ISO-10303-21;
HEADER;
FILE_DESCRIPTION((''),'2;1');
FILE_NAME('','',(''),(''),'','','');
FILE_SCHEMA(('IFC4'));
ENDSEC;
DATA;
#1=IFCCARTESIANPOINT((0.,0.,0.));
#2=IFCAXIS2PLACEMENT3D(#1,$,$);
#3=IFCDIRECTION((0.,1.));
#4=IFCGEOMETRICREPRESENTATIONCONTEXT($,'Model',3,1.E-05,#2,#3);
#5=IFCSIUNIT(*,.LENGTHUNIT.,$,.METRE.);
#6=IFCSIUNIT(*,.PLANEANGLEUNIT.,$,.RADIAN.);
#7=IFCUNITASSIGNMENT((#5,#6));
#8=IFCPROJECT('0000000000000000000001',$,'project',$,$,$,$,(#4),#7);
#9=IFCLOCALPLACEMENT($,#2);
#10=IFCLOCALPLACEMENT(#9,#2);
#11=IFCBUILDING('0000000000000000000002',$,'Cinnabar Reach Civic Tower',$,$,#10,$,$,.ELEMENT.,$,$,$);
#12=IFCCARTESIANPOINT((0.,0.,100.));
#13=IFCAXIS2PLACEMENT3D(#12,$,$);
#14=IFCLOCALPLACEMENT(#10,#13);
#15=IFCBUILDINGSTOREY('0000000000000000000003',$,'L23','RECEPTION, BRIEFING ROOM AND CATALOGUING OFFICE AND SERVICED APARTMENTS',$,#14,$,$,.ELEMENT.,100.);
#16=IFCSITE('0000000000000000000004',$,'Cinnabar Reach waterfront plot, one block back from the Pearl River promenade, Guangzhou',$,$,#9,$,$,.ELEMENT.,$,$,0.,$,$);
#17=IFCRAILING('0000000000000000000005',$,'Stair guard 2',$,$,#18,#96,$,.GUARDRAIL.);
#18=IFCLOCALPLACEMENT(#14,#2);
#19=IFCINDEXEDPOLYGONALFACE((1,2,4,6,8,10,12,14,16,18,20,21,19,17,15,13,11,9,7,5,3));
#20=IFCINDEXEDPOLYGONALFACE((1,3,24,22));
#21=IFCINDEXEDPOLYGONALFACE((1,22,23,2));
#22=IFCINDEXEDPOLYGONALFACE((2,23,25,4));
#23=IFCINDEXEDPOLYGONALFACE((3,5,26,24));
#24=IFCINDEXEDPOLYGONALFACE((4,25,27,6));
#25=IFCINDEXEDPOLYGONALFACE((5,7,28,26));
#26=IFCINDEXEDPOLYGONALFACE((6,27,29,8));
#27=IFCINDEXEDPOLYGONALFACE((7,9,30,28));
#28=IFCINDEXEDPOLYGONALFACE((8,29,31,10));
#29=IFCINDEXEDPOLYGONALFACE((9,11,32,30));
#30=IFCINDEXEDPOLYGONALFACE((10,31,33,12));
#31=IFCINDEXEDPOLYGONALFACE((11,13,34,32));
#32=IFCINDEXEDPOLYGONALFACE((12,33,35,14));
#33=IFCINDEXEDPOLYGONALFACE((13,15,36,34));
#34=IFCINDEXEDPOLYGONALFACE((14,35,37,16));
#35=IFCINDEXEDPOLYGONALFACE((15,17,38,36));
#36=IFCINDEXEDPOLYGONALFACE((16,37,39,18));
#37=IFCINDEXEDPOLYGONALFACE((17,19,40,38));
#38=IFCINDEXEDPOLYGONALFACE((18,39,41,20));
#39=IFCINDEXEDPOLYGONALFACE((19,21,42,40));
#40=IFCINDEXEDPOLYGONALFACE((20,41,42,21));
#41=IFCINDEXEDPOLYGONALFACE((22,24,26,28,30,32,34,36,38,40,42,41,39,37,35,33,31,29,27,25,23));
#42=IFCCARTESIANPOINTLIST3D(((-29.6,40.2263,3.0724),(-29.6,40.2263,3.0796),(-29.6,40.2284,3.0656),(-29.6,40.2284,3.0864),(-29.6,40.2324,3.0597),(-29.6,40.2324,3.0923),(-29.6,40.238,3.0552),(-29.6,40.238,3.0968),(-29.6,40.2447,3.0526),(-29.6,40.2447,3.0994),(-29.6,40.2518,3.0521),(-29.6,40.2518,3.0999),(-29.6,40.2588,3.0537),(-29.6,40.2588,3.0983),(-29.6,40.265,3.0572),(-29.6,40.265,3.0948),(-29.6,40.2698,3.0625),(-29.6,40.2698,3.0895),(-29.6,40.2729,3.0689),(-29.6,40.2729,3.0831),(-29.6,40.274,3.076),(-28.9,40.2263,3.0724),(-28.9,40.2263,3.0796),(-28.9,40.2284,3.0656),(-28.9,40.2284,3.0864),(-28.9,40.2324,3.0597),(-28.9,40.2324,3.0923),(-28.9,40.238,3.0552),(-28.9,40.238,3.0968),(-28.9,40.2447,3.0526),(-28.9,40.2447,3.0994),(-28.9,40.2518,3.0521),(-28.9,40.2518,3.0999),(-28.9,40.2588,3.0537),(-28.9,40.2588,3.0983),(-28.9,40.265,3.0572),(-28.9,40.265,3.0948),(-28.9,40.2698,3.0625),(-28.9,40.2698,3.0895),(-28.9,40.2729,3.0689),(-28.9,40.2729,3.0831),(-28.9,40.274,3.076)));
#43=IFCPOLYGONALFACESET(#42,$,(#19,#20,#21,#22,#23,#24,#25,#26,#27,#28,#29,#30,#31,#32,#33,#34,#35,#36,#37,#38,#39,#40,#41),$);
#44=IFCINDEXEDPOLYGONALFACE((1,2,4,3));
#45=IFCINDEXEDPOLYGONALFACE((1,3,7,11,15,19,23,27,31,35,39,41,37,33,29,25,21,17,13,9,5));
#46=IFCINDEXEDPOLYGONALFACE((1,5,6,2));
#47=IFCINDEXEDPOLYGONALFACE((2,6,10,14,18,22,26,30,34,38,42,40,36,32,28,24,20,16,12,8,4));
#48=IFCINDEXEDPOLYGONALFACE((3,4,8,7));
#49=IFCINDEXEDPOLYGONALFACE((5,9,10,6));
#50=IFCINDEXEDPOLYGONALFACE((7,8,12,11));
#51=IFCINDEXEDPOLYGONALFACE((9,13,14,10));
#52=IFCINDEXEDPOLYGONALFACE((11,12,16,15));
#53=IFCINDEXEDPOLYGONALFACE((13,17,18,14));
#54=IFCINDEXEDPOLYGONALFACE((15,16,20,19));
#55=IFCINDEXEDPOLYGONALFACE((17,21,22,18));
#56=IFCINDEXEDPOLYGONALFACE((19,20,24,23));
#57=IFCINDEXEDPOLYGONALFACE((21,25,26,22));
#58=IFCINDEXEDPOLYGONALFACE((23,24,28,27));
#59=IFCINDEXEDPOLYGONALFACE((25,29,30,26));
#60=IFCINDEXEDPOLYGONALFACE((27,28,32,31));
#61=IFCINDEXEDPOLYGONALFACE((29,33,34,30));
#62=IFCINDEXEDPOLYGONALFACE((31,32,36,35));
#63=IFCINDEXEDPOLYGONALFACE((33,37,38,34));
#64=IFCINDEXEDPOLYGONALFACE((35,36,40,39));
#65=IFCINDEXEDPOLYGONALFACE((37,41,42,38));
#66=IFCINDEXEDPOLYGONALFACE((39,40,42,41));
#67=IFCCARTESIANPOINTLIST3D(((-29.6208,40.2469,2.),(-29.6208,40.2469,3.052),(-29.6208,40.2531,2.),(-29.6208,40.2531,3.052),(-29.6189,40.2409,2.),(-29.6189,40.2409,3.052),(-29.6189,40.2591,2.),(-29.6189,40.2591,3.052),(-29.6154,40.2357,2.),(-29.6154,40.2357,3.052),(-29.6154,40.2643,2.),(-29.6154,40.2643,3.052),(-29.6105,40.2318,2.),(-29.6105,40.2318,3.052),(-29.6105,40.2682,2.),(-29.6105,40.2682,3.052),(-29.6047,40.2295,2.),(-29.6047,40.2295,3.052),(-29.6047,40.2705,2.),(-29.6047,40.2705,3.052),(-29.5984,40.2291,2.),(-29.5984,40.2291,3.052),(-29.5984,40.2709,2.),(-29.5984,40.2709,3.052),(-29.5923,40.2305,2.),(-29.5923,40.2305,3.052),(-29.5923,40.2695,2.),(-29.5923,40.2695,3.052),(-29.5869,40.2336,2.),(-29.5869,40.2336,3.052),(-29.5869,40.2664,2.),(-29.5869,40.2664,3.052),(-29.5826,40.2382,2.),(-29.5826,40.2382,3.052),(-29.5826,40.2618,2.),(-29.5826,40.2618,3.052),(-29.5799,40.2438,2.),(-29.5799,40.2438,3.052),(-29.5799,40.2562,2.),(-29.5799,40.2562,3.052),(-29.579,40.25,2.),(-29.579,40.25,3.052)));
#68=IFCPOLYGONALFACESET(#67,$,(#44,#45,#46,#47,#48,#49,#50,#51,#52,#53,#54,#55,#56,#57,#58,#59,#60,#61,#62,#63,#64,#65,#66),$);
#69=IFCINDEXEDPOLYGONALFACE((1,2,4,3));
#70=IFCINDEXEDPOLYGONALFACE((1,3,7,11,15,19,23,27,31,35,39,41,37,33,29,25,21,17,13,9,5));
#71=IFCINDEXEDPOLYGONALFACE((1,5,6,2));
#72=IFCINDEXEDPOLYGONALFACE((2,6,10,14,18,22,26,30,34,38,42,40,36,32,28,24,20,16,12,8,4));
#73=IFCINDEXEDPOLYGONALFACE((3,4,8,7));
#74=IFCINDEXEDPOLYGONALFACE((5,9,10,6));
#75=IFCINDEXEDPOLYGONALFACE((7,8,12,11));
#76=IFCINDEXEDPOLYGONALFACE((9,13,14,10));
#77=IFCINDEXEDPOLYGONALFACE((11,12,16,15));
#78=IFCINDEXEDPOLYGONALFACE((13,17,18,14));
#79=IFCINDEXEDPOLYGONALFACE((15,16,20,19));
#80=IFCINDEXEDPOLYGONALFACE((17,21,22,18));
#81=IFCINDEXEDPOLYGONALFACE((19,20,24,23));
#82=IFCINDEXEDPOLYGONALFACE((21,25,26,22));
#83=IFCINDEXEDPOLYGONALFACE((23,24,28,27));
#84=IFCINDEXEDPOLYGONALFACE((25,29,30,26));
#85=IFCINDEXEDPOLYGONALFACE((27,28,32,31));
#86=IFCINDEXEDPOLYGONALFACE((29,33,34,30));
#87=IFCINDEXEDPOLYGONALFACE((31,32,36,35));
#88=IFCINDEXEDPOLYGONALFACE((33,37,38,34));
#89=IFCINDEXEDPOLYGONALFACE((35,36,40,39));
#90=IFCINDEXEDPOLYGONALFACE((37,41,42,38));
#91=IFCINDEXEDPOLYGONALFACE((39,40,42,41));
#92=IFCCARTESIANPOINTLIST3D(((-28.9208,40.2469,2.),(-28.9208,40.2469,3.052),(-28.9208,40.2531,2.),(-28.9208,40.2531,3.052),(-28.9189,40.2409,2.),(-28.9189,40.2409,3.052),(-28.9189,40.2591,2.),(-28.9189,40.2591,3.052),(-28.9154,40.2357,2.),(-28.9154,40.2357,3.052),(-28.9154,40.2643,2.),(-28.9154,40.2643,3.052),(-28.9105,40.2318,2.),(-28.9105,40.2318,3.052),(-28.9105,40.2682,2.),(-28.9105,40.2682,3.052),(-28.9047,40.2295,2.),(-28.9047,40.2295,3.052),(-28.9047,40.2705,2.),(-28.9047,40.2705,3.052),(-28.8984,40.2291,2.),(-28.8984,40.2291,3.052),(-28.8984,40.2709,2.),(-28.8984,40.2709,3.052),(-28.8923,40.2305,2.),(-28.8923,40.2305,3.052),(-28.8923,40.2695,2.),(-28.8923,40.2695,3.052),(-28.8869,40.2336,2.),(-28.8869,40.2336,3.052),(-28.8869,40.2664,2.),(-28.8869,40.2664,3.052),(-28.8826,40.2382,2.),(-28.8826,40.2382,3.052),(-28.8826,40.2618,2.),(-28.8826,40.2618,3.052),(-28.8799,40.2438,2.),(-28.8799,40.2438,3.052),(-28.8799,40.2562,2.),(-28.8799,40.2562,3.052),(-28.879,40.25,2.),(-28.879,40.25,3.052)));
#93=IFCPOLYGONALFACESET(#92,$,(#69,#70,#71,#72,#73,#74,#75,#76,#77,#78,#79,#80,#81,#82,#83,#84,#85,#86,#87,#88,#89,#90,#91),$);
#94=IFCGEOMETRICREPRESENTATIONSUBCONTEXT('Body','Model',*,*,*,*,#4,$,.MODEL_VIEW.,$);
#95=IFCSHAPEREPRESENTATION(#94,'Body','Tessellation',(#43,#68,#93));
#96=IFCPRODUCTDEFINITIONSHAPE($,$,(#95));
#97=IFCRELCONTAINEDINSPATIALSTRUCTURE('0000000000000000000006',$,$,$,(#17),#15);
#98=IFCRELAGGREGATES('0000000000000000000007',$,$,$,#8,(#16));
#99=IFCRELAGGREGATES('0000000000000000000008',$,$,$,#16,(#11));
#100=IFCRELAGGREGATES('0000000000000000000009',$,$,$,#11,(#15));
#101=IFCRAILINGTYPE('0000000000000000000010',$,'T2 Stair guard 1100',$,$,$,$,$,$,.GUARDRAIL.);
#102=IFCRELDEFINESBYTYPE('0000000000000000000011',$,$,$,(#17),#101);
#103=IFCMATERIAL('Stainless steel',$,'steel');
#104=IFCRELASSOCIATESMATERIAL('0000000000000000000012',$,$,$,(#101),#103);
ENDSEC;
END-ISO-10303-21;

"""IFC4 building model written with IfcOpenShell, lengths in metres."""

from ifc_helpers import new_model, si_unit, direction, frame, origin, origin_2d, place, context, subcontext, project, spatial, circle, extrude, material, type_object, element, save


model = new_model("IFC4")

# Units and contexts
model_context = context("Model", 3, precision=1e-05, world=origin(), true_north=direction((0.0, 1.0)))
body_context = subcontext(model_context, "Body", "Model", "MODEL_VIEW")
ifc_project = project(units=[si_unit("LENGTHUNIT", "METRE"), si_unit("PLANEANGLEUNIT", "RADIAN")], contexts=[model_context])

# Site, building, storey
site_placement = place(None, origin())
site = spatial("IfcSite", under=ifc_project, at=site_placement, Name="Cinnabar Reach waterfront plot, one block back from the Pearl River promenade, Guangzhou", CompositionType="ELEMENT", RefElevation=0.0)
building_placement = place(site_placement, origin())
building = spatial("IfcBuilding", under=site, at=building_placement, Name="Cinnabar Reach Civic Tower", CompositionType="ELEMENT")
storey_placement = place(building_placement, frame((0.0, 0.0, 100.0)))
storey = spatial("IfcBuildingStorey", under=building, at=storey_placement, Name="L23", Description="RECEPTION, BRIEFING ROOM AND CATALOGUING OFFICE AND SERVICED APARTMENTS", CompositionType="ELEMENT", Elevation=100.0)

# Railing
ifc_material_1 = material(Name="Stainless steel", Category="steel")
railing_type = type_object("IfcRailingType", Name="T2 Stair guard 1100", PredefinedType="GUARDRAIL", material=ifc_material_1)
railing_1_placement = place(storey_placement, frame((-29.6, 40.25, 2.0)))
element("IfcRailing", 1, at=railing_1_placement, inside=storey, type_object=railing_type, Name="Stair guard 2", PredefinedType="GUARDRAIL", context=body_context, shape_type="SweptSolid", body=[
    extrude(circle(Radius=0.024, at=origin_2d()), frame((0.0, 0.0, 1.076), z_axis=(1.0, 0.0, 0.0), x_axis=(0.0, 1.0, 0.0)), (0.0, 0.0, 1.0), 0.7),
    extrude(circle(Radius=0.021, at=origin_2d()), origin(), (0.0, 0.0, 1.0), 1.052),
    extrude(circle(Radius=0.021, at=origin_2d()), frame((0.7, 0.0, 0.0)), (0.0, 0.0, 1.0), 1.052),
])

save(model, "model.ifc")
